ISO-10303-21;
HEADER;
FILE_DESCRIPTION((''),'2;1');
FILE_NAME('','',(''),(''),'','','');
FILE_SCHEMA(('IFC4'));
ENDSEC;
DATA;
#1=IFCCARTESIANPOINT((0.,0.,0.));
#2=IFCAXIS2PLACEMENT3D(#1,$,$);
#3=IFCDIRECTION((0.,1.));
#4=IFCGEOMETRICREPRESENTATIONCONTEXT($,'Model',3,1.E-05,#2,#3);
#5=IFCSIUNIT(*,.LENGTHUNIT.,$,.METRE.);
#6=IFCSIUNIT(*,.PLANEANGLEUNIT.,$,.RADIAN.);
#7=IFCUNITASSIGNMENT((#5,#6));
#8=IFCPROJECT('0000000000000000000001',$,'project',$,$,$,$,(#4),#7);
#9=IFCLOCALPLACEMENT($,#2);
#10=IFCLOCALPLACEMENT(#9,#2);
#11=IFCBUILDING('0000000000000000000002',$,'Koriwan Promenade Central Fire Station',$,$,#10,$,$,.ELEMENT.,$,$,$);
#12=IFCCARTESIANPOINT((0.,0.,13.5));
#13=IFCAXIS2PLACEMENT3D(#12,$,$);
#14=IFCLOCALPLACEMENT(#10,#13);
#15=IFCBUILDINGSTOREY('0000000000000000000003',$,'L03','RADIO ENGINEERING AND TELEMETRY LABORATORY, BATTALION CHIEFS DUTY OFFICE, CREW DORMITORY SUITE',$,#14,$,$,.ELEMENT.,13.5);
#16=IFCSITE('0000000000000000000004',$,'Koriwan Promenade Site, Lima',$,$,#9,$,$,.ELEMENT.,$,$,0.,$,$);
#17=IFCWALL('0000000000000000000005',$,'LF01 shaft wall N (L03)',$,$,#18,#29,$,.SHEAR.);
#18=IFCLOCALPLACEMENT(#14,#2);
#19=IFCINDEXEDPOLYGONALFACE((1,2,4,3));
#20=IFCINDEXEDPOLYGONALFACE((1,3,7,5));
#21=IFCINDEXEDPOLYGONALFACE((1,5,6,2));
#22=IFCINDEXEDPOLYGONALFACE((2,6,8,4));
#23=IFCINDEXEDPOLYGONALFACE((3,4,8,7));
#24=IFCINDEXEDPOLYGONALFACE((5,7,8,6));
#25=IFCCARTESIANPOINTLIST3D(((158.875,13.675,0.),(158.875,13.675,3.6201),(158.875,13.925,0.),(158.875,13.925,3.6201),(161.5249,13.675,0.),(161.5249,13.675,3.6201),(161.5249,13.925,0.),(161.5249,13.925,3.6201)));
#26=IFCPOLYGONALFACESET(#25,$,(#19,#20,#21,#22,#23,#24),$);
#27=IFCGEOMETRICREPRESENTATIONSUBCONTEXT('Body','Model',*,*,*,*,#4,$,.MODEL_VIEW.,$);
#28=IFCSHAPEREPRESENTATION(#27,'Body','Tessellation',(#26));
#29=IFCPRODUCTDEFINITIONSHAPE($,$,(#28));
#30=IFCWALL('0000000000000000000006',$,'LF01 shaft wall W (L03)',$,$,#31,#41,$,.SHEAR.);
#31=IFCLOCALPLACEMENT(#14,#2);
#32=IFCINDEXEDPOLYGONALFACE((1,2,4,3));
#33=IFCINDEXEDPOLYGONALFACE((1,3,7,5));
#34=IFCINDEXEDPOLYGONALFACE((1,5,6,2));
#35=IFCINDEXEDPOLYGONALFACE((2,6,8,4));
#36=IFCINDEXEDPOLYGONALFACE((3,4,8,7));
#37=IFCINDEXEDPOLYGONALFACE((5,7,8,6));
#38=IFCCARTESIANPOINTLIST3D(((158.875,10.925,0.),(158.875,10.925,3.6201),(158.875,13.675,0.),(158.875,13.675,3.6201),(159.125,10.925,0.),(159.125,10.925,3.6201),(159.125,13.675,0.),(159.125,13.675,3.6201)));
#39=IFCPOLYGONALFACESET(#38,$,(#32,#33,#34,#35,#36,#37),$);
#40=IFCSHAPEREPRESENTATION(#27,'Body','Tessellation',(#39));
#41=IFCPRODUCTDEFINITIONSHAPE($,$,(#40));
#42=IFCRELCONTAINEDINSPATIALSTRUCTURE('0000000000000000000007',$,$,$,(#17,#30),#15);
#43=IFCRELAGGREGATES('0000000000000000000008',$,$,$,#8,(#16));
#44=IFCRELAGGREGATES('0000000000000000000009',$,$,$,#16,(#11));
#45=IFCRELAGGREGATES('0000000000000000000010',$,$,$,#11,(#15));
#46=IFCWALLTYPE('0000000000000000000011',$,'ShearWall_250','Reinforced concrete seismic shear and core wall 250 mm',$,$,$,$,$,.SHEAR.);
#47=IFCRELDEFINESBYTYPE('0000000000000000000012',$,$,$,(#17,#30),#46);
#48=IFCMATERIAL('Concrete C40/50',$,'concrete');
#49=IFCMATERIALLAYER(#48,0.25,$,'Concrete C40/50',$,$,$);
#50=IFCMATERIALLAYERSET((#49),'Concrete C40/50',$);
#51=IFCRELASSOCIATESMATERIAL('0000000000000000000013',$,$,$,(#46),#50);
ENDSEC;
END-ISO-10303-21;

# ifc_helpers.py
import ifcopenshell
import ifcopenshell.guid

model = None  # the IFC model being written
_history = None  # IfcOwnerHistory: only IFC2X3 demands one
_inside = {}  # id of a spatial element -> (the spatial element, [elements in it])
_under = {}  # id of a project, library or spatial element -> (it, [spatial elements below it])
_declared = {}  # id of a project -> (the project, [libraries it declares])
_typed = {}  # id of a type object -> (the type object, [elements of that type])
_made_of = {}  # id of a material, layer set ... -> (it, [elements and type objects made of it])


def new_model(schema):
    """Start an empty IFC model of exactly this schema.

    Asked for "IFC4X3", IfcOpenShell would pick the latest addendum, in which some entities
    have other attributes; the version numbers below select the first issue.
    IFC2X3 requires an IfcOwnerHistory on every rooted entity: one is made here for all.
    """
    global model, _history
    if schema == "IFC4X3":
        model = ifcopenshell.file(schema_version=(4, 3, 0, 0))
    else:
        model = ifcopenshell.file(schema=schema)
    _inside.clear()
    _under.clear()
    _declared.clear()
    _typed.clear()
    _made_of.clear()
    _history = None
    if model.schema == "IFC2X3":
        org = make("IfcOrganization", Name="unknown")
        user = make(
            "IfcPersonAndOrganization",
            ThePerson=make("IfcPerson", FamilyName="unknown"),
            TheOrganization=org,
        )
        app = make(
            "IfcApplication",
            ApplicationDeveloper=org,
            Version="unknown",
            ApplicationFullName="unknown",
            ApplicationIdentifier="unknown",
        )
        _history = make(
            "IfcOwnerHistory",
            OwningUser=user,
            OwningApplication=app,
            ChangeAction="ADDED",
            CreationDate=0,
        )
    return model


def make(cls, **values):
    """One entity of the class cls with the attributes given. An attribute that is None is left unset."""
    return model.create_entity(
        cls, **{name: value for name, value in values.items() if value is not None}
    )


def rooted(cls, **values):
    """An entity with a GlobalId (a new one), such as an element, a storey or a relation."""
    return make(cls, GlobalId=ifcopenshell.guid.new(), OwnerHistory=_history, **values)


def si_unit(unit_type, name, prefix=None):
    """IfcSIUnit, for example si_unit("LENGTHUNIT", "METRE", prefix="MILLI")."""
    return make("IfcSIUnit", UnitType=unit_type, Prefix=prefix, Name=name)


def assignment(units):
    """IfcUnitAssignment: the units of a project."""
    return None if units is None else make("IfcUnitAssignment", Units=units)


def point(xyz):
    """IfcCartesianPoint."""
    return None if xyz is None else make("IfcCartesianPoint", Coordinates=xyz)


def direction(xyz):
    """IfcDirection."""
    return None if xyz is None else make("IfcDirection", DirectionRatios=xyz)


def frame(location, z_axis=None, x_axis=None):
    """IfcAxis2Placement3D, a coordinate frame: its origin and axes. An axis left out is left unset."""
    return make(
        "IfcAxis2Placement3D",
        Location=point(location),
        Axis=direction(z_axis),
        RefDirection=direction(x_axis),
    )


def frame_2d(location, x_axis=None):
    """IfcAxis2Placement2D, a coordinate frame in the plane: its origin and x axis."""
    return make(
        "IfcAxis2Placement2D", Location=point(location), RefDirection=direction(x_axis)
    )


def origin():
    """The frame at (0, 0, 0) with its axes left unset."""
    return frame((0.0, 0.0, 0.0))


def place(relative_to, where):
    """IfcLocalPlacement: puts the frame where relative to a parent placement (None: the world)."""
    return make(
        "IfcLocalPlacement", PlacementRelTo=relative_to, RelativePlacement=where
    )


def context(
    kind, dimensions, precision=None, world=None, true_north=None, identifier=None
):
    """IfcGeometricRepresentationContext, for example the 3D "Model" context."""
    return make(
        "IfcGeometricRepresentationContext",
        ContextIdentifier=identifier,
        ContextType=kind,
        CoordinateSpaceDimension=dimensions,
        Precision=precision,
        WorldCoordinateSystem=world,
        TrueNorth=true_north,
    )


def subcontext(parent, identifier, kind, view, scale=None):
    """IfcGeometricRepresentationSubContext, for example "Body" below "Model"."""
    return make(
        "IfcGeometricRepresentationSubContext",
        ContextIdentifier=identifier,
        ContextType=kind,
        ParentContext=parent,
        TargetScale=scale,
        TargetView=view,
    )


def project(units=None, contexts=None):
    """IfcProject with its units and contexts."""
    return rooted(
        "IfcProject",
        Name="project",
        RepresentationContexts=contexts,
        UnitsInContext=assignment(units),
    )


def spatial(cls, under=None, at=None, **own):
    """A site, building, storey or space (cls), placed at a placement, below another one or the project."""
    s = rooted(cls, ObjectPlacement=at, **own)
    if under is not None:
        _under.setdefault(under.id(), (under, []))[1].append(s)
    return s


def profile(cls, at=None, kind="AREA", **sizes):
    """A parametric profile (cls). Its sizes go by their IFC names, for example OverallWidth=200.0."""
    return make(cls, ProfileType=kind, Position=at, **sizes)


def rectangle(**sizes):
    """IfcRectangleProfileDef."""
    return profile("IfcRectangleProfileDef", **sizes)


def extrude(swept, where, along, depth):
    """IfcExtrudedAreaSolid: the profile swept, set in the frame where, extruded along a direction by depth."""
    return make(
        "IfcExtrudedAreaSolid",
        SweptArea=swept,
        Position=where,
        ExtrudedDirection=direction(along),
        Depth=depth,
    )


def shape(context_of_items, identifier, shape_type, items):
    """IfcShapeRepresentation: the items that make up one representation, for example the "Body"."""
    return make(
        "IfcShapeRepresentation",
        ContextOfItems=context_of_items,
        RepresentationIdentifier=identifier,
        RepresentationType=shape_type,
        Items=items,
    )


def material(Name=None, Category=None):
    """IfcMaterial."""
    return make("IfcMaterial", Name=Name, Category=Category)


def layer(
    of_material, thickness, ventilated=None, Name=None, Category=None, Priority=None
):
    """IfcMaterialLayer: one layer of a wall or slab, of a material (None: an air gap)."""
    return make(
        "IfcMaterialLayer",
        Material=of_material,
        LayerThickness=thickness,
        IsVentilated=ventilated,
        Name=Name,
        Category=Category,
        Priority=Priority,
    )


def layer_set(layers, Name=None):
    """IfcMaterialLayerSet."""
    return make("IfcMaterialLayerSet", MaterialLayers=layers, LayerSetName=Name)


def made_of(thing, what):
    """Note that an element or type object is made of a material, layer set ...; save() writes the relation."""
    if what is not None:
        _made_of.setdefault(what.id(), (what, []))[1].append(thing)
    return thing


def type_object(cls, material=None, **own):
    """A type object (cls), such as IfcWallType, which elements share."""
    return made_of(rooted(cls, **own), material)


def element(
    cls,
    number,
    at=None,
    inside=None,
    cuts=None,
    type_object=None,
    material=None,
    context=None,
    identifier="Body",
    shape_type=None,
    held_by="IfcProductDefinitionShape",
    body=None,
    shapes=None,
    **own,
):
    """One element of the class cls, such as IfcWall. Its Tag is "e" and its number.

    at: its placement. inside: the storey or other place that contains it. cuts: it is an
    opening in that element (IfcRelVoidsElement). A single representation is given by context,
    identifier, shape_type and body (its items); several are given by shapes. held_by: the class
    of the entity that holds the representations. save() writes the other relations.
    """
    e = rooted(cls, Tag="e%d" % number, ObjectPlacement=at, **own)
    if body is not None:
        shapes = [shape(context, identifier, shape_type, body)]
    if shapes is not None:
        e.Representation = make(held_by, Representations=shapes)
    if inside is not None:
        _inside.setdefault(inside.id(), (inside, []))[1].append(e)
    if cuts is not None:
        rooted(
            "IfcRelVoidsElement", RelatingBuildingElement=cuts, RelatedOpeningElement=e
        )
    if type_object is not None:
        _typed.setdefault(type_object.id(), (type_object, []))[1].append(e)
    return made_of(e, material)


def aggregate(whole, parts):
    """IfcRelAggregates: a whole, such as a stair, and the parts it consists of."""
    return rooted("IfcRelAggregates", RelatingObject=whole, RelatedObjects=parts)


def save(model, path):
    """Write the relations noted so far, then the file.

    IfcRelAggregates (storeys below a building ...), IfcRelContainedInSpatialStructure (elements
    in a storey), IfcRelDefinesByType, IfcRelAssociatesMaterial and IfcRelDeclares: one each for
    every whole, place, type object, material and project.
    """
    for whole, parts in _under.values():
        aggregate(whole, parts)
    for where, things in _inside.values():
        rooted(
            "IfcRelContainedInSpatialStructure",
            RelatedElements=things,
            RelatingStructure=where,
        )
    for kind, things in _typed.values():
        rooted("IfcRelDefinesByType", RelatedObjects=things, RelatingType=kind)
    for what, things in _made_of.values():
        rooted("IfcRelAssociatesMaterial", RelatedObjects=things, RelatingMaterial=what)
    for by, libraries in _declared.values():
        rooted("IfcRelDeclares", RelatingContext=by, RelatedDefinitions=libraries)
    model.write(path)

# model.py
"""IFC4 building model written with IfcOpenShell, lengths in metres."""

from ifc_helpers import new_model, si_unit, direction, frame, frame_2d, origin, place, context, subcontext, project, spatial, rectangle, extrude, material, layer, layer_set, type_object, element, save


model = new_model("IFC4")

# Units and contexts
model_context = context("Model", 3, precision=1e-05, world=origin(), true_north=direction((0.0, 1.0)))
body_context = subcontext(model_context, "Body", "Model", "MODEL_VIEW")
ifc_project = project(units=[si_unit("LENGTHUNIT", "METRE"), si_unit("PLANEANGLEUNIT", "RADIAN")], contexts=[model_context])

# Site, building, storey
site_placement = place(None, origin())
site = spatial("IfcSite", under=ifc_project, at=site_placement, Name="Koriwan Promenade Site, Lima", CompositionType="ELEMENT", RefElevation=0.0)
building_placement = place(site_placement, origin())
building = spatial("IfcBuilding", under=site, at=building_placement, Name="Koriwan Promenade Central Fire Station", CompositionType="ELEMENT")
storey_placement = place(building_placement, frame((0.0, 0.0, 13.5)))
storey = spatial("IfcBuildingStorey", under=building, at=storey_placement, Name="L03", Description="RADIO ENGINEERING AND TELEMETRY LABORATORY, BATTALION CHIEFS DUTY OFFICE, CREW DORMITORY SUITE", CompositionType="ELEMENT", Elevation=13.5)

# Shared definitions
ifc_material_1 = material(Name="Concrete C40/50", Category="concrete")

# Walls
ifc_layer_1 = layer(ifc_material_1, 0.25, Name="Concrete C40/50")
ifc_layer_set_1 = layer_set([ifc_layer_1], Name="Concrete C40/50")
wall_type_1 = type_object("IfcWallType", Name="ShearWall_250", Description="Reinforced concrete seismic shear and core wall 250 mm", PredefinedType="SHEAR", material=ifc_layer_set_1)
for number, where, z_axis, x_axis, name in (
    (1, (158.875, 13.8, 0.0), (0.0, 0.0, 1.0), (1.0, 0.0, 0.0), "LF01 shaft wall N (L03)"),
):
    element("IfcWall", number, at=place(storey_placement, frame(where, z_axis=z_axis, x_axis=x_axis)), inside=storey, type_object=wall_type_1, Name=name, PredefinedType="SHEAR", context=body_context, shape_type="SweptSolid", body=[
        extrude(rectangle(XDim=2.6499, YDim=0.25, at=frame_2d((1.325, 0.0))), origin(), (0.0, 0.0, 1.0), 3.6201),
    ])
wall_1_placement = place(storey_placement, frame((159.0, 10.925, 0.0), z_axis=(0.0, 0.0, 1.0), x_axis=(0.0, 1.0, 0.0)))
element("IfcWall", 2, at=wall_1_placement, inside=storey, type_object=wall_type_1, Name="LF01 shaft wall W (L03)", PredefinedType="SHEAR", context=body_context, shape_type="SweptSolid", body=[
    extrude(rectangle(XDim=2.75, YDim=0.25, at=frame_2d((1.375, 0.0))), origin(), (0.0, 0.0, 1.0), 3.6201),
])

save(model, "model.ifc")
